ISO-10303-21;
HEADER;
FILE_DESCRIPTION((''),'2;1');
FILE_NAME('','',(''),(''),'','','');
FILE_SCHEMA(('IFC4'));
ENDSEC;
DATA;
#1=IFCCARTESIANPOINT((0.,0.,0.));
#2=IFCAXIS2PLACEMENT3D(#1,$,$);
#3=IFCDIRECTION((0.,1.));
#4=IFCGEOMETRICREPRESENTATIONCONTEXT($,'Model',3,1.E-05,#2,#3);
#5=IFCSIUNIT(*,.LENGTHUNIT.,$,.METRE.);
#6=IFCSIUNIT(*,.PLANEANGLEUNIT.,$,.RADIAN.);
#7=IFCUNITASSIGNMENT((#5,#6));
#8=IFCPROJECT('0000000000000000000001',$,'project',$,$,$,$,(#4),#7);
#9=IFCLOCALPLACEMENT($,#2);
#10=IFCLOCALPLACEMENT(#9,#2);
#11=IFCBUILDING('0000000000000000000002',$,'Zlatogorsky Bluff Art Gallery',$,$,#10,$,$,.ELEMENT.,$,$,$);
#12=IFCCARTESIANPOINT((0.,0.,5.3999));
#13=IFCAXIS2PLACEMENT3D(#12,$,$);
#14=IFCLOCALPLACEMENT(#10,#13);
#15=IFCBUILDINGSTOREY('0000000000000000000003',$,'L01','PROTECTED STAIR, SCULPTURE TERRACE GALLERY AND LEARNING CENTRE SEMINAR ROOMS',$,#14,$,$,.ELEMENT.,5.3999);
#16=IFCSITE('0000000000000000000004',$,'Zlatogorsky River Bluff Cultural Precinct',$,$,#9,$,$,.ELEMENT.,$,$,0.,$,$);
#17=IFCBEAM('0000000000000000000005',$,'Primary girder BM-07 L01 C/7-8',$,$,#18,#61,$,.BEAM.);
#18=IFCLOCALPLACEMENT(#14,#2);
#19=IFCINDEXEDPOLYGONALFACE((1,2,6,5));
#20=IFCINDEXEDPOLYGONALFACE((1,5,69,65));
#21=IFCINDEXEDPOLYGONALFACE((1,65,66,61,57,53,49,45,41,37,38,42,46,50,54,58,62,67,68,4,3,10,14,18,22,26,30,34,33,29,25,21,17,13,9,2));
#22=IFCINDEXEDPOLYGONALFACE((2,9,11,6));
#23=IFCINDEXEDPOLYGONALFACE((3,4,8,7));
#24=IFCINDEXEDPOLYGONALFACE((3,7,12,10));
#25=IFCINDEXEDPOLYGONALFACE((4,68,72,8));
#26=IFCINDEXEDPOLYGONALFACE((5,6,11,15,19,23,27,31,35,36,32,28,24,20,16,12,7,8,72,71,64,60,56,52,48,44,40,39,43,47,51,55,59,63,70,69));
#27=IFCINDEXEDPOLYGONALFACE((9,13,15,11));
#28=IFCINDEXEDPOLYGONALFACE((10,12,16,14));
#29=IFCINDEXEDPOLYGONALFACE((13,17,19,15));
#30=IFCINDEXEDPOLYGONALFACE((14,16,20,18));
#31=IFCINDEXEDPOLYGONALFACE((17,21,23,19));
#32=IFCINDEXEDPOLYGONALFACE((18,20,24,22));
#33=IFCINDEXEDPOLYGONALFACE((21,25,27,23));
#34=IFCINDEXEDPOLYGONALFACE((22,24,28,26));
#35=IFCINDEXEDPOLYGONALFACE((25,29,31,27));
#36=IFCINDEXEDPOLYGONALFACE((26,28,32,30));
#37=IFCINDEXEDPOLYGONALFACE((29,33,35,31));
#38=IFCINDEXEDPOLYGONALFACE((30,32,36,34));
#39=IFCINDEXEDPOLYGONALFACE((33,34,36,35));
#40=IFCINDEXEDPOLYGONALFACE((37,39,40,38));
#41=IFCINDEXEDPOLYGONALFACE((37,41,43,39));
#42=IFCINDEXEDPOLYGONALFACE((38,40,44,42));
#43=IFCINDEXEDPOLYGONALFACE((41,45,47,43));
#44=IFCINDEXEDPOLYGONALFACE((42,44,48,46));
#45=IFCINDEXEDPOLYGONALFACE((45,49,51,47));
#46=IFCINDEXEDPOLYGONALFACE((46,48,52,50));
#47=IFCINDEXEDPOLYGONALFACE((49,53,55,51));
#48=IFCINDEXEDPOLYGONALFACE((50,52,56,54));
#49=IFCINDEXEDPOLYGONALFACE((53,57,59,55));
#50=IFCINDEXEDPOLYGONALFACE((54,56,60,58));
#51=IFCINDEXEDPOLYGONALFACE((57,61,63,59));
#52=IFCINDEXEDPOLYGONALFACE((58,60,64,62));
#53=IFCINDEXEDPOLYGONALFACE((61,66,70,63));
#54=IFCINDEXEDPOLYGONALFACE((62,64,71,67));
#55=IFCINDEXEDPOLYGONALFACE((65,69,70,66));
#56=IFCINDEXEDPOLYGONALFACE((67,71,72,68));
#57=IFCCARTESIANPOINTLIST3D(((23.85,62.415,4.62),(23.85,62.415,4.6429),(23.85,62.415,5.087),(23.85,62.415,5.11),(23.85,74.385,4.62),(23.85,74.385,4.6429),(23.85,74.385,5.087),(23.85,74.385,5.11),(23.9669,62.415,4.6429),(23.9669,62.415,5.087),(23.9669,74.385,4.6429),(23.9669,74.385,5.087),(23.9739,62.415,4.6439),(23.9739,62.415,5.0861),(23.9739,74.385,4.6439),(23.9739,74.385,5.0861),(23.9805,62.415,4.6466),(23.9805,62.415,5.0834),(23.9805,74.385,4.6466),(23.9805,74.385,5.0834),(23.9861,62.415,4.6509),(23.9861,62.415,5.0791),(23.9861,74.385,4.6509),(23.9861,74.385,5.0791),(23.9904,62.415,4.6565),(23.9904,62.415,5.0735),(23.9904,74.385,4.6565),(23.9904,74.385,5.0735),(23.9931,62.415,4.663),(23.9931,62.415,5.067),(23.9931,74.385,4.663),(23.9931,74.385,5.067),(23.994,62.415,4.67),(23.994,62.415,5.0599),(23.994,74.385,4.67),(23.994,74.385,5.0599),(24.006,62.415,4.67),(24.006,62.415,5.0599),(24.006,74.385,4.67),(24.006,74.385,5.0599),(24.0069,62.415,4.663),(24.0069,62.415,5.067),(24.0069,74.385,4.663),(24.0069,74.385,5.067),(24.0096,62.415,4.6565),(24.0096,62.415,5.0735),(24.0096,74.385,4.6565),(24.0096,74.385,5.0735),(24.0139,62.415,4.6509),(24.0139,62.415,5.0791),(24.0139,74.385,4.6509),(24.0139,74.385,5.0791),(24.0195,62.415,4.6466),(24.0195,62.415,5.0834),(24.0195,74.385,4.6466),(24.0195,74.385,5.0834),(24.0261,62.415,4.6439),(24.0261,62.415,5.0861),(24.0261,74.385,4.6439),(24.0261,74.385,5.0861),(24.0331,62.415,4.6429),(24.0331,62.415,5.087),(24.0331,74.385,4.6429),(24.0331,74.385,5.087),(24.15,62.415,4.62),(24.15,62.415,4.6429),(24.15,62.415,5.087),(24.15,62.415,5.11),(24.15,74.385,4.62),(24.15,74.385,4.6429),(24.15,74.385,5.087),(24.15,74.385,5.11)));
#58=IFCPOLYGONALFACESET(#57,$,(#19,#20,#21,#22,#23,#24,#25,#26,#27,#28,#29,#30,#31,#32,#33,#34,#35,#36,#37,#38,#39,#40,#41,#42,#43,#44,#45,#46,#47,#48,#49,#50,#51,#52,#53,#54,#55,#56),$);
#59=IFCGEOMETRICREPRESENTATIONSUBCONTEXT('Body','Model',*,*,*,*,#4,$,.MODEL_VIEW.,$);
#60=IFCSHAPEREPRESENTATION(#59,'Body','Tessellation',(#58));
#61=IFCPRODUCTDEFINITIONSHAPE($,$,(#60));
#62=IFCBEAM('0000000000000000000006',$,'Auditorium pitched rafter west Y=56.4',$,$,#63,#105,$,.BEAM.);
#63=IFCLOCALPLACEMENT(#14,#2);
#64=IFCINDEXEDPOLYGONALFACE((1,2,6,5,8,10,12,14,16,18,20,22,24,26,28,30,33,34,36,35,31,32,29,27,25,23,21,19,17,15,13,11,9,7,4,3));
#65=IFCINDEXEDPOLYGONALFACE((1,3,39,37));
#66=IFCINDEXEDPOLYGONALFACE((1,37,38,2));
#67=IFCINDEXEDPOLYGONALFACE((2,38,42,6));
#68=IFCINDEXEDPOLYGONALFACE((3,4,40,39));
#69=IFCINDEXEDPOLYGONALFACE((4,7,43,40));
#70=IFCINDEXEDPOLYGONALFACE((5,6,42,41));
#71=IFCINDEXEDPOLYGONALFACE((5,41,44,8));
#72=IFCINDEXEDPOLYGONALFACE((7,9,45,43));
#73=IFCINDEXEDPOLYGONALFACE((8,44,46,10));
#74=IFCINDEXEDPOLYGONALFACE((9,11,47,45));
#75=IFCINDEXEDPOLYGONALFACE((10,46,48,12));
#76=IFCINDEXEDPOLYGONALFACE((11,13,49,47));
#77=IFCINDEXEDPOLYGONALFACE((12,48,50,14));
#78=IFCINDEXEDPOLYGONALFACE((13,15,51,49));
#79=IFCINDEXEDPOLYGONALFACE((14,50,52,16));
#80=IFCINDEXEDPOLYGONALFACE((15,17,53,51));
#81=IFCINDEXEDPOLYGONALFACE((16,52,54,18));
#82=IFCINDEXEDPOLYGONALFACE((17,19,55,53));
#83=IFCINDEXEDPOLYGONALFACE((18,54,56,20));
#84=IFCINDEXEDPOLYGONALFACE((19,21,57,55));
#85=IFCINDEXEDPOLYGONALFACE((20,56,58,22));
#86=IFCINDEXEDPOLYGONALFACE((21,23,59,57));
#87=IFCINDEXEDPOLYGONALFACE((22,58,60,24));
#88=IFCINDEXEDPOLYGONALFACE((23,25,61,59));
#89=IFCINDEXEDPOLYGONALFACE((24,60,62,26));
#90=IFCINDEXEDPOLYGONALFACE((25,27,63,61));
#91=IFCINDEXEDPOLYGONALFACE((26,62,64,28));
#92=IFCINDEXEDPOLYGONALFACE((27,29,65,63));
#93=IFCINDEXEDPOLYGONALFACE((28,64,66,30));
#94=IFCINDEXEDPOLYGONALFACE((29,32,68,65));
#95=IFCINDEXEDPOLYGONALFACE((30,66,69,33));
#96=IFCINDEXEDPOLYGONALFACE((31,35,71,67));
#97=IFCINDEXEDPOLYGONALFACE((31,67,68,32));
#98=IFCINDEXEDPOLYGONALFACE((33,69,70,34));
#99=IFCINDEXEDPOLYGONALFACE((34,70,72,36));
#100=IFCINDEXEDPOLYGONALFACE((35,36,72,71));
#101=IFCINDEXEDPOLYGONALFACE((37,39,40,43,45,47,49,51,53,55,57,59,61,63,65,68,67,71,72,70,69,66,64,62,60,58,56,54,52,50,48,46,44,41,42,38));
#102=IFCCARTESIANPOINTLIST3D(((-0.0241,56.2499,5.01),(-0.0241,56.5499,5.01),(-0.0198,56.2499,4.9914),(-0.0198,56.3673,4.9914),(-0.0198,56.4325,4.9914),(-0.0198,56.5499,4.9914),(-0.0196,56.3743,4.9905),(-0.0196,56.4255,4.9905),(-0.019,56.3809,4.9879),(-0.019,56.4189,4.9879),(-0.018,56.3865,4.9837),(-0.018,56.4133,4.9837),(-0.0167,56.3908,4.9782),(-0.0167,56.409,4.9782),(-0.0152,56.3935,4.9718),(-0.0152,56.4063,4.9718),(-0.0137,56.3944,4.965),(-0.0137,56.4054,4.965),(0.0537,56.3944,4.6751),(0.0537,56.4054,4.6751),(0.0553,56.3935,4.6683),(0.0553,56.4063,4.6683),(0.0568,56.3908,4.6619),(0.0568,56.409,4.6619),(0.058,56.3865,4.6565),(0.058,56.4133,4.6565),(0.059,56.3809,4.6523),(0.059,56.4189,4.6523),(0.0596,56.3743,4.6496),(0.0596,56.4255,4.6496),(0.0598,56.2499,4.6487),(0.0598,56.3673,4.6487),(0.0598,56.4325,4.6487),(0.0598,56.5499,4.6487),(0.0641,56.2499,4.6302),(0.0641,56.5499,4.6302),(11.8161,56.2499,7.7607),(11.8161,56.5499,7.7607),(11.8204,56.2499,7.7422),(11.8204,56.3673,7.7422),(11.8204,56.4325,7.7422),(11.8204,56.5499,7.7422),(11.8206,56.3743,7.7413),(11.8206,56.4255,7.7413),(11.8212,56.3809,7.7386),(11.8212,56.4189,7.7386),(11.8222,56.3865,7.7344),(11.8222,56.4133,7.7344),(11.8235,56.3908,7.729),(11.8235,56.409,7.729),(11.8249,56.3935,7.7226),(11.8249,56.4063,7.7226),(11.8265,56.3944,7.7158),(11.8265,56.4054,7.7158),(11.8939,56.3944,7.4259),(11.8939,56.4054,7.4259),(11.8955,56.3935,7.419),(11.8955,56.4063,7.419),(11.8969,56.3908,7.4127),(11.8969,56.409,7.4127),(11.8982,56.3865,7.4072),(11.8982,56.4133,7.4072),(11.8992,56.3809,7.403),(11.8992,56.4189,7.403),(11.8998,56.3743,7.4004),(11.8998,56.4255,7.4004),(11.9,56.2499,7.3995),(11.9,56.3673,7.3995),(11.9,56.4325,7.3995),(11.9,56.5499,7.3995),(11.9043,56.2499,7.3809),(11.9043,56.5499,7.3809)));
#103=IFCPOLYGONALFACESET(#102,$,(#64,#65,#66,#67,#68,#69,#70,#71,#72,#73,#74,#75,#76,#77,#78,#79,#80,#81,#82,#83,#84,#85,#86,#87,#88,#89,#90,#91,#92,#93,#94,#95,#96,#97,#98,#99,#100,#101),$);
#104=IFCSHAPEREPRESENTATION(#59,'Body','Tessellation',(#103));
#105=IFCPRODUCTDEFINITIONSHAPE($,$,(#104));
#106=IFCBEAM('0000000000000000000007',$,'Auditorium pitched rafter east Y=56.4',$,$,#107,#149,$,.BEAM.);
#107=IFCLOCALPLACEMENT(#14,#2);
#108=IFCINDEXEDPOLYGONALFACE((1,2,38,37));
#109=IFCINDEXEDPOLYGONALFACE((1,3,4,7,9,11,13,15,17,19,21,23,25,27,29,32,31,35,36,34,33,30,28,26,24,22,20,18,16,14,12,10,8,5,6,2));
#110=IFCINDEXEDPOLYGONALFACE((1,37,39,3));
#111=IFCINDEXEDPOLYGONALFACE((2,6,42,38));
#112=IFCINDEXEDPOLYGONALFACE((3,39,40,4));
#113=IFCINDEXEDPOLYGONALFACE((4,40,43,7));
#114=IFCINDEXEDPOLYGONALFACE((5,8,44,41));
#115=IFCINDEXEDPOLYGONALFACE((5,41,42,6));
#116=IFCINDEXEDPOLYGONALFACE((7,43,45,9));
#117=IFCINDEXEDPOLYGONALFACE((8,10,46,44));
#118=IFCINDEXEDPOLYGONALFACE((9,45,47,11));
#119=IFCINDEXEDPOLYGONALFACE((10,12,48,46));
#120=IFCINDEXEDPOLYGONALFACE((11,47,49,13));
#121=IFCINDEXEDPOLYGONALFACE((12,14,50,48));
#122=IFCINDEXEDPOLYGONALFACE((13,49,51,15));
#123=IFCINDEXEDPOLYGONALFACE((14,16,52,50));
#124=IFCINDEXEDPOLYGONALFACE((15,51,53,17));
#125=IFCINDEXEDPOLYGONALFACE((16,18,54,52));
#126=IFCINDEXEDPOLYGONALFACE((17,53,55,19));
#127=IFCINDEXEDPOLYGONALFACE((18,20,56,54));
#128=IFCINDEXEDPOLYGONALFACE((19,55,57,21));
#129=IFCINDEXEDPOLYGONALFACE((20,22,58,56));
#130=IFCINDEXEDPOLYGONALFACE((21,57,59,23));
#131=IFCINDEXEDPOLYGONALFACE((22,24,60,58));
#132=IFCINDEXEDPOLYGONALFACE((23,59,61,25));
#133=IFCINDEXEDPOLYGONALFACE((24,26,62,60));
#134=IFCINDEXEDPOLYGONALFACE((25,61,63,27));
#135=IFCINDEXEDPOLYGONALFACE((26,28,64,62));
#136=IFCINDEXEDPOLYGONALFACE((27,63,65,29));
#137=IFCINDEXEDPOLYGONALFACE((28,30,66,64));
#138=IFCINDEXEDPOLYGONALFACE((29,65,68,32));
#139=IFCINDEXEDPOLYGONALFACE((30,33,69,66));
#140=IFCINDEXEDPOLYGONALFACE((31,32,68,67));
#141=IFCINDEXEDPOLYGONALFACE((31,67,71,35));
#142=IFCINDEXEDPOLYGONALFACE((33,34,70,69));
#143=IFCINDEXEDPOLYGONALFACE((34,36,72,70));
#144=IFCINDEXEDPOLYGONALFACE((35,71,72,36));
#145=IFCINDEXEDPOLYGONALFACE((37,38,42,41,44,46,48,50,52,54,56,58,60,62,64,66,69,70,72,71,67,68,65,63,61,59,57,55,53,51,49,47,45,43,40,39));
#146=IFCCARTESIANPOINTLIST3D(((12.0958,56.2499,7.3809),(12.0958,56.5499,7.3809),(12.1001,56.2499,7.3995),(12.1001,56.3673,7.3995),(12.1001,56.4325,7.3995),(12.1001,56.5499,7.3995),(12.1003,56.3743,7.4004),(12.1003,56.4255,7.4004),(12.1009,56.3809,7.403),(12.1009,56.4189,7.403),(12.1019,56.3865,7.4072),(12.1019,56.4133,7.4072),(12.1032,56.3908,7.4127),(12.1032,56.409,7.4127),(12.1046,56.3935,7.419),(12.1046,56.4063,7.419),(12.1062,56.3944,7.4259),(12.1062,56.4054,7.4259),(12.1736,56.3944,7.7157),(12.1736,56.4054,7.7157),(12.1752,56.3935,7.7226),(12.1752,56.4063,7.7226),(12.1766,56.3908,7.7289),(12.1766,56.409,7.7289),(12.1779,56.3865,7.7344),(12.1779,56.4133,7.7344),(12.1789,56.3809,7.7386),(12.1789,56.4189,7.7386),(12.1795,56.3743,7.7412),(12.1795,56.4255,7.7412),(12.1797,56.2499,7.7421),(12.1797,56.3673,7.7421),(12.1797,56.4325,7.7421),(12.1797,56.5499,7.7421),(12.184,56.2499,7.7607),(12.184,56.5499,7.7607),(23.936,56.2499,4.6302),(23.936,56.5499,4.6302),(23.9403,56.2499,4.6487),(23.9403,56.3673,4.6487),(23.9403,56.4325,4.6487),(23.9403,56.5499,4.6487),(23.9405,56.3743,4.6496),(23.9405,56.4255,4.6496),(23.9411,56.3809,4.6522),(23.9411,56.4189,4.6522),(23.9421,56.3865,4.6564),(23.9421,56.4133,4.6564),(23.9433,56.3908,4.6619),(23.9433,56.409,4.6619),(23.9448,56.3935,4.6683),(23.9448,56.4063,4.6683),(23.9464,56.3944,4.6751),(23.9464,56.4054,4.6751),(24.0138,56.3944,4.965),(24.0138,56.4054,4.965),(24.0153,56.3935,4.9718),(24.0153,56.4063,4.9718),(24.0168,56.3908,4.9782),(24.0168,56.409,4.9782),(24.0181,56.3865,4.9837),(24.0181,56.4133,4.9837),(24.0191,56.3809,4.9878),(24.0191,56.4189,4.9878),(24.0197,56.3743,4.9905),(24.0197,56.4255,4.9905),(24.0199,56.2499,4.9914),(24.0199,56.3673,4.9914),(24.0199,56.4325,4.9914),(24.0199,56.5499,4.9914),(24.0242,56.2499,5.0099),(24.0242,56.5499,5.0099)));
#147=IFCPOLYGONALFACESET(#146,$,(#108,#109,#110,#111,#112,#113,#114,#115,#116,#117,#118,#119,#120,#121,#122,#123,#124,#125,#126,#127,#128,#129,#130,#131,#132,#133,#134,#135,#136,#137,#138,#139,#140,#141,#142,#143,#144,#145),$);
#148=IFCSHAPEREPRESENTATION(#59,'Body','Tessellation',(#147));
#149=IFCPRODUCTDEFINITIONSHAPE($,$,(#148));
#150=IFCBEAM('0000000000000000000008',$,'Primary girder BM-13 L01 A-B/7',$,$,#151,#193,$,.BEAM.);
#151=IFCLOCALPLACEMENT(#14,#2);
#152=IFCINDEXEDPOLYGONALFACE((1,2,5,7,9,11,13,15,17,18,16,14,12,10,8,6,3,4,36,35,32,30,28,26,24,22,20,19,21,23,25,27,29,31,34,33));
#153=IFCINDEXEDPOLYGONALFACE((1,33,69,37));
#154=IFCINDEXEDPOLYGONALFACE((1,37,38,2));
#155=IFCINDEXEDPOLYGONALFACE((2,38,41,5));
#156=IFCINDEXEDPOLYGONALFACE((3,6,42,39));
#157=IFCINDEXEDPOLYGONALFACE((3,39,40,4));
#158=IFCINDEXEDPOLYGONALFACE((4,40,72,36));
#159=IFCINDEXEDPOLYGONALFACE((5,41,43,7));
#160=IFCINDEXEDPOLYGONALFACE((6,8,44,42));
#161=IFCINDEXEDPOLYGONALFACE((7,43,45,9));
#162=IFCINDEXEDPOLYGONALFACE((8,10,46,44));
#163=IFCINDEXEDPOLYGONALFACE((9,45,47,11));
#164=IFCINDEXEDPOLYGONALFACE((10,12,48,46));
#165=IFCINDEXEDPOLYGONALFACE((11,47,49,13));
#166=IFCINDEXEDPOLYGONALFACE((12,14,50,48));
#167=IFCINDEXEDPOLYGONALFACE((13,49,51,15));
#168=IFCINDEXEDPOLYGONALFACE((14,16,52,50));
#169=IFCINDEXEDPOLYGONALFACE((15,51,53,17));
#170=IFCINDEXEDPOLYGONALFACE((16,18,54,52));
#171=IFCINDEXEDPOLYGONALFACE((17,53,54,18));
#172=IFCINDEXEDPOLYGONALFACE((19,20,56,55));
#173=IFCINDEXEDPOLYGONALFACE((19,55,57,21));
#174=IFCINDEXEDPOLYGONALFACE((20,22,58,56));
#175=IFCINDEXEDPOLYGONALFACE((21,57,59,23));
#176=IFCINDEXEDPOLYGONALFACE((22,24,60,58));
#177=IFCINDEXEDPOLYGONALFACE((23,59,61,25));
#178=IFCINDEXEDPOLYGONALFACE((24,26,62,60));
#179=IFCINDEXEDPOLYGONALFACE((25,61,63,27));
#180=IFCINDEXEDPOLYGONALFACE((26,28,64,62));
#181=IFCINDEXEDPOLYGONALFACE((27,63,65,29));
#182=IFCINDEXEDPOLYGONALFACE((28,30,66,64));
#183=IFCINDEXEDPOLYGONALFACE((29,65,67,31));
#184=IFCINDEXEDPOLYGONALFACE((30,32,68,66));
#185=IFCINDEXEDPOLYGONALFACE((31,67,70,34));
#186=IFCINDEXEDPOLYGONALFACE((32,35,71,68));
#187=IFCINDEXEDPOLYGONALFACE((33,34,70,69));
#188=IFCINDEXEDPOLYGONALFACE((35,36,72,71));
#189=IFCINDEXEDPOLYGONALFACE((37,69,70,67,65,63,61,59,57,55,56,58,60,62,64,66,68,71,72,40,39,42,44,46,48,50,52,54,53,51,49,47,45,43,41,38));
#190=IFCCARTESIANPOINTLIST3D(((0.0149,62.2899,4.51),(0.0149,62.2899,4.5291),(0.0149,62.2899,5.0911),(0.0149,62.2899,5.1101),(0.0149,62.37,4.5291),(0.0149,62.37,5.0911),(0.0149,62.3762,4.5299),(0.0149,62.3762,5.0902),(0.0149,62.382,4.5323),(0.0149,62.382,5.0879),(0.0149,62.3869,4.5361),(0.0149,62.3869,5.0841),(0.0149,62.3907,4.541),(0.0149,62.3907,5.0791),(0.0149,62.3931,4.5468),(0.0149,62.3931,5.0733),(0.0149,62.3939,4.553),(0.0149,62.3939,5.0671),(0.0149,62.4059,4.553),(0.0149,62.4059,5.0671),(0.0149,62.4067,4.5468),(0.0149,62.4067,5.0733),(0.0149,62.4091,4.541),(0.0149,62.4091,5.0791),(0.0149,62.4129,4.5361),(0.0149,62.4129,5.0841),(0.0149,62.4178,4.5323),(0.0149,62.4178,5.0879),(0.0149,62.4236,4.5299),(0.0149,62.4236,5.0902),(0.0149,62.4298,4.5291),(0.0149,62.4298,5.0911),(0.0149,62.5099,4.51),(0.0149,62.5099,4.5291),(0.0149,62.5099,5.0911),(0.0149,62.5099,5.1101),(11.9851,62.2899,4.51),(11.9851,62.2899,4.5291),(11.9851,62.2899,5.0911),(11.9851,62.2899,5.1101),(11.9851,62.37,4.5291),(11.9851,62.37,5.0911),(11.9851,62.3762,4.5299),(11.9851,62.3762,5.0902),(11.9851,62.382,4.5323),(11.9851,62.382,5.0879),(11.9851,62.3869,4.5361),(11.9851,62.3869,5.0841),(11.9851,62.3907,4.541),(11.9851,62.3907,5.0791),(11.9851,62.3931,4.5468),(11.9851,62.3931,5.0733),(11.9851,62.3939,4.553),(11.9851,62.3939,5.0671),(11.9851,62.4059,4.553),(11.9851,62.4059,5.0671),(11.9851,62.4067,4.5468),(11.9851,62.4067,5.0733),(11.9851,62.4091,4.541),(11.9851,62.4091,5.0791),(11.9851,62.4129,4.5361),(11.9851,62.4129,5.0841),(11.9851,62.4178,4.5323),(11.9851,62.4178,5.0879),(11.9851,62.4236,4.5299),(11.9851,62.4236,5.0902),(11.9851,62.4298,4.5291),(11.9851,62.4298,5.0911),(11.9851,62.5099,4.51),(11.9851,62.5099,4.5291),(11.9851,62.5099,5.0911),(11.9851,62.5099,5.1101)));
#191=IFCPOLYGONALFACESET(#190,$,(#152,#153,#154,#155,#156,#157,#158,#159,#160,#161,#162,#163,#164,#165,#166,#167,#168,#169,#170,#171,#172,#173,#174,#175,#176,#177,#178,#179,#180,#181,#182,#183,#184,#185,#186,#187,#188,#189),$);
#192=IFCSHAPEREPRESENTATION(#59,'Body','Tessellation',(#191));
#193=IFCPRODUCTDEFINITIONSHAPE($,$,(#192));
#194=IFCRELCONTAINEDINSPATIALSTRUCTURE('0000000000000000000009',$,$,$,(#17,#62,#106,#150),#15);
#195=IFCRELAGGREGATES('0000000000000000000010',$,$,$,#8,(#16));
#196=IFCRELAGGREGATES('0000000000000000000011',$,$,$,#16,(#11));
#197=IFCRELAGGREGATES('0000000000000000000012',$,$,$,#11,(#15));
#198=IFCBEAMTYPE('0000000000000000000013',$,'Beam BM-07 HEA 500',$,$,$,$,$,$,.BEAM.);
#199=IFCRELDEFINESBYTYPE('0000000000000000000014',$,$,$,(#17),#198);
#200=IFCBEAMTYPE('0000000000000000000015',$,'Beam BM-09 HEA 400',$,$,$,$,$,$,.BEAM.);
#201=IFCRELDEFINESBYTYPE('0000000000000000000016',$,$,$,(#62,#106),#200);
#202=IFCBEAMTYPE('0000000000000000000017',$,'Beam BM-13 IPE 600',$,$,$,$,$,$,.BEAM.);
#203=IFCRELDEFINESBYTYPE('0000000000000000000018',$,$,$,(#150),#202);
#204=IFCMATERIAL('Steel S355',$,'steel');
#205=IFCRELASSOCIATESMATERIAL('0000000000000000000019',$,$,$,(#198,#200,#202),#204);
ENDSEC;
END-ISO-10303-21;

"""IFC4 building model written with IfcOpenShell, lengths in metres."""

from ifc_helpers import new_model, si_unit, direction, frame, origin, origin_2d, place, context, subcontext, project, spatial, i_section, extrude, material, material_profile, profile_set, type_object, element, save


model = new_model("IFC4")

# Units and contexts
model_context = context("Model", 3, precision=1e-05, world=origin(), true_north=direction((0.0, 1.0)))
body_context = subcontext(model_context, "Body", "Model", "MODEL_VIEW")
ifc_project = project(units=[si_unit("LENGTHUNIT", "METRE"), si_unit("PLANEANGLEUNIT", "RADIAN")], contexts=[model_context])

# Site, building, storey
site_placement = place(None, origin())
site = spatial("IfcSite", under=ifc_project, at=site_placement, Name="Zlatogorsky River Bluff Cultural Precinct", CompositionType="ELEMENT", RefElevation=0.0)
building_placement = place(site_placement, origin())
building = spatial("IfcBuilding", under=site, at=building_placement, Name="Zlatogorsky Bluff Art Gallery", CompositionType="ELEMENT")
storey_placement = place(building_placement, frame((0.0, 0.0, 5.3999)))
storey = spatial("IfcBuildingStorey", under=building, at=storey_placement, Name="L01", Description="PROTECTED STAIR, SCULPTURE TERRACE GALLERY AND LEARNING CENTRE SEMINAR ROOMS", CompositionType="ELEMENT", Elevation=5.3999)

# Shared definitions
ifc_material_1 = material(Name="Steel S355", Category="steel")

# Beams
ifc_material_profile_1 = material_profile(ifc_material_1, i_section(OverallWidth=0.3, OverallDepth=0.49, WebThickness=0.012, FlangeThickness=0.0229, FilletRadius=0.0271, at=origin_2d()), Name="HEA 500")
ifc_profile_set_1 = profile_set([ifc_material_profile_1], Name="Steel S355")
beam_type_1 = type_object("IfcBeamType", Name="Beam BM-07 HEA 500", PredefinedType="BEAM", material=ifc_profile_set_1)
for number, where, z_axis, x_axis, name in (
    (1, (24.0, 62.415, 4.865), (0.0, 1.0, 0.0), (-1.0, 0.0, 0.0), "Primary girder BM-07 L01 C/7-8"),
):
    element("IfcBeam", number, at=place(storey_placement, frame(where, z_axis=z_axis, x_axis=x_axis)), inside=storey, type_object=beam_type_1, Name=name, PredefinedType="BEAM", context=body_context, shape_type="SweptSolid", body=[
        extrude(i_section(OverallWidth=0.3, OverallDepth=0.49, WebThickness=0.012, FlangeThickness=0.0229, FilletRadius=0.0271, at=origin_2d()), origin(), (0.0, 0.0, 1.0), 11.97),
    ])
ifc_material_profile_2 = material_profile(ifc_material_1, i_section(OverallWidth=0.3, OverallDepth=0.3899, WebThickness=0.011, FlangeThickness=0.019, FilletRadius=0.0271, at=origin_2d()), Name="HEA 400")
ifc_profile_set_2 = profile_set([ifc_material_profile_2], Name="Steel S355")
beam_type_2 = type_object("IfcBeamType", Name="Beam BM-09 HEA 400", PredefinedType="BEAM", material=ifc_profile_set_2)
for number, where, z_axis, x_axis, name in (
    (2, (0.02, 56.3999, 4.8201), (0.974058, 0.0, 0.226297), (0.0, 1.0, 0.0), "Auditorium pitched rafter west Y=56.4"),
    (3, (12.1399, 56.3999, 7.5708), (0.974058, 0.0, -0.226297), (0.0, 1.0, 0.0), "Auditorium pitched rafter east Y=56.4"),
):
    element("IfcBeam", number, at=place(storey_placement, frame(where, z_axis=z_axis, x_axis=x_axis)), inside=storey, type_object=beam_type_2, Name=name, PredefinedType="BEAM", context=body_context, shape_type="SweptSolid", body=[
        extrude(i_section(OverallWidth=0.3, OverallDepth=0.3899, WebThickness=0.011, FlangeThickness=0.019, FilletRadius=0.0271, at=origin_2d()), origin(), (0.0, 0.0, 1.0), 12.1555),
    ])
ifc_material_profile_3 = material_profile(ifc_material_1, i_section(OverallWidth=0.22, OverallDepth=0.6001, WebThickness=0.012, FlangeThickness=0.019, FilletRadius=0.0239, at=origin_2d()), Name="IPE 600")
ifc_profile_set_3 = profile_set([ifc_material_profile_3], Name="Steel S355")
beam_type_3 = type_object("IfcBeamType", Name="Beam BM-13 IPE 600", PredefinedType="BEAM", material=ifc_profile_set_3)
for number, where, z_axis, x_axis, name in (
    (4, (0.0149, 62.3999, 4.8101), (1.0, 0.0, 0.0), (0.0, 1.0, 0.0), "Primary girder BM-13 L01 A-B/7"),
):
    element("IfcBeam", number, at=place(storey_placement, frame(where, z_axis=z_axis, x_axis=x_axis)), inside=storey, type_object=beam_type_3, Name=name, PredefinedType="BEAM", context=body_context, shape_type="SweptSolid", body=[
        extrude(i_section(OverallWidth=0.22, OverallDepth=0.6001, WebThickness=0.012, FlangeThickness=0.019, FilletRadius=0.0239, at=origin_2d()), origin(), (0.0, 0.0, 1.0), 11.9702),
    ])

save(model, "model.ifc")
